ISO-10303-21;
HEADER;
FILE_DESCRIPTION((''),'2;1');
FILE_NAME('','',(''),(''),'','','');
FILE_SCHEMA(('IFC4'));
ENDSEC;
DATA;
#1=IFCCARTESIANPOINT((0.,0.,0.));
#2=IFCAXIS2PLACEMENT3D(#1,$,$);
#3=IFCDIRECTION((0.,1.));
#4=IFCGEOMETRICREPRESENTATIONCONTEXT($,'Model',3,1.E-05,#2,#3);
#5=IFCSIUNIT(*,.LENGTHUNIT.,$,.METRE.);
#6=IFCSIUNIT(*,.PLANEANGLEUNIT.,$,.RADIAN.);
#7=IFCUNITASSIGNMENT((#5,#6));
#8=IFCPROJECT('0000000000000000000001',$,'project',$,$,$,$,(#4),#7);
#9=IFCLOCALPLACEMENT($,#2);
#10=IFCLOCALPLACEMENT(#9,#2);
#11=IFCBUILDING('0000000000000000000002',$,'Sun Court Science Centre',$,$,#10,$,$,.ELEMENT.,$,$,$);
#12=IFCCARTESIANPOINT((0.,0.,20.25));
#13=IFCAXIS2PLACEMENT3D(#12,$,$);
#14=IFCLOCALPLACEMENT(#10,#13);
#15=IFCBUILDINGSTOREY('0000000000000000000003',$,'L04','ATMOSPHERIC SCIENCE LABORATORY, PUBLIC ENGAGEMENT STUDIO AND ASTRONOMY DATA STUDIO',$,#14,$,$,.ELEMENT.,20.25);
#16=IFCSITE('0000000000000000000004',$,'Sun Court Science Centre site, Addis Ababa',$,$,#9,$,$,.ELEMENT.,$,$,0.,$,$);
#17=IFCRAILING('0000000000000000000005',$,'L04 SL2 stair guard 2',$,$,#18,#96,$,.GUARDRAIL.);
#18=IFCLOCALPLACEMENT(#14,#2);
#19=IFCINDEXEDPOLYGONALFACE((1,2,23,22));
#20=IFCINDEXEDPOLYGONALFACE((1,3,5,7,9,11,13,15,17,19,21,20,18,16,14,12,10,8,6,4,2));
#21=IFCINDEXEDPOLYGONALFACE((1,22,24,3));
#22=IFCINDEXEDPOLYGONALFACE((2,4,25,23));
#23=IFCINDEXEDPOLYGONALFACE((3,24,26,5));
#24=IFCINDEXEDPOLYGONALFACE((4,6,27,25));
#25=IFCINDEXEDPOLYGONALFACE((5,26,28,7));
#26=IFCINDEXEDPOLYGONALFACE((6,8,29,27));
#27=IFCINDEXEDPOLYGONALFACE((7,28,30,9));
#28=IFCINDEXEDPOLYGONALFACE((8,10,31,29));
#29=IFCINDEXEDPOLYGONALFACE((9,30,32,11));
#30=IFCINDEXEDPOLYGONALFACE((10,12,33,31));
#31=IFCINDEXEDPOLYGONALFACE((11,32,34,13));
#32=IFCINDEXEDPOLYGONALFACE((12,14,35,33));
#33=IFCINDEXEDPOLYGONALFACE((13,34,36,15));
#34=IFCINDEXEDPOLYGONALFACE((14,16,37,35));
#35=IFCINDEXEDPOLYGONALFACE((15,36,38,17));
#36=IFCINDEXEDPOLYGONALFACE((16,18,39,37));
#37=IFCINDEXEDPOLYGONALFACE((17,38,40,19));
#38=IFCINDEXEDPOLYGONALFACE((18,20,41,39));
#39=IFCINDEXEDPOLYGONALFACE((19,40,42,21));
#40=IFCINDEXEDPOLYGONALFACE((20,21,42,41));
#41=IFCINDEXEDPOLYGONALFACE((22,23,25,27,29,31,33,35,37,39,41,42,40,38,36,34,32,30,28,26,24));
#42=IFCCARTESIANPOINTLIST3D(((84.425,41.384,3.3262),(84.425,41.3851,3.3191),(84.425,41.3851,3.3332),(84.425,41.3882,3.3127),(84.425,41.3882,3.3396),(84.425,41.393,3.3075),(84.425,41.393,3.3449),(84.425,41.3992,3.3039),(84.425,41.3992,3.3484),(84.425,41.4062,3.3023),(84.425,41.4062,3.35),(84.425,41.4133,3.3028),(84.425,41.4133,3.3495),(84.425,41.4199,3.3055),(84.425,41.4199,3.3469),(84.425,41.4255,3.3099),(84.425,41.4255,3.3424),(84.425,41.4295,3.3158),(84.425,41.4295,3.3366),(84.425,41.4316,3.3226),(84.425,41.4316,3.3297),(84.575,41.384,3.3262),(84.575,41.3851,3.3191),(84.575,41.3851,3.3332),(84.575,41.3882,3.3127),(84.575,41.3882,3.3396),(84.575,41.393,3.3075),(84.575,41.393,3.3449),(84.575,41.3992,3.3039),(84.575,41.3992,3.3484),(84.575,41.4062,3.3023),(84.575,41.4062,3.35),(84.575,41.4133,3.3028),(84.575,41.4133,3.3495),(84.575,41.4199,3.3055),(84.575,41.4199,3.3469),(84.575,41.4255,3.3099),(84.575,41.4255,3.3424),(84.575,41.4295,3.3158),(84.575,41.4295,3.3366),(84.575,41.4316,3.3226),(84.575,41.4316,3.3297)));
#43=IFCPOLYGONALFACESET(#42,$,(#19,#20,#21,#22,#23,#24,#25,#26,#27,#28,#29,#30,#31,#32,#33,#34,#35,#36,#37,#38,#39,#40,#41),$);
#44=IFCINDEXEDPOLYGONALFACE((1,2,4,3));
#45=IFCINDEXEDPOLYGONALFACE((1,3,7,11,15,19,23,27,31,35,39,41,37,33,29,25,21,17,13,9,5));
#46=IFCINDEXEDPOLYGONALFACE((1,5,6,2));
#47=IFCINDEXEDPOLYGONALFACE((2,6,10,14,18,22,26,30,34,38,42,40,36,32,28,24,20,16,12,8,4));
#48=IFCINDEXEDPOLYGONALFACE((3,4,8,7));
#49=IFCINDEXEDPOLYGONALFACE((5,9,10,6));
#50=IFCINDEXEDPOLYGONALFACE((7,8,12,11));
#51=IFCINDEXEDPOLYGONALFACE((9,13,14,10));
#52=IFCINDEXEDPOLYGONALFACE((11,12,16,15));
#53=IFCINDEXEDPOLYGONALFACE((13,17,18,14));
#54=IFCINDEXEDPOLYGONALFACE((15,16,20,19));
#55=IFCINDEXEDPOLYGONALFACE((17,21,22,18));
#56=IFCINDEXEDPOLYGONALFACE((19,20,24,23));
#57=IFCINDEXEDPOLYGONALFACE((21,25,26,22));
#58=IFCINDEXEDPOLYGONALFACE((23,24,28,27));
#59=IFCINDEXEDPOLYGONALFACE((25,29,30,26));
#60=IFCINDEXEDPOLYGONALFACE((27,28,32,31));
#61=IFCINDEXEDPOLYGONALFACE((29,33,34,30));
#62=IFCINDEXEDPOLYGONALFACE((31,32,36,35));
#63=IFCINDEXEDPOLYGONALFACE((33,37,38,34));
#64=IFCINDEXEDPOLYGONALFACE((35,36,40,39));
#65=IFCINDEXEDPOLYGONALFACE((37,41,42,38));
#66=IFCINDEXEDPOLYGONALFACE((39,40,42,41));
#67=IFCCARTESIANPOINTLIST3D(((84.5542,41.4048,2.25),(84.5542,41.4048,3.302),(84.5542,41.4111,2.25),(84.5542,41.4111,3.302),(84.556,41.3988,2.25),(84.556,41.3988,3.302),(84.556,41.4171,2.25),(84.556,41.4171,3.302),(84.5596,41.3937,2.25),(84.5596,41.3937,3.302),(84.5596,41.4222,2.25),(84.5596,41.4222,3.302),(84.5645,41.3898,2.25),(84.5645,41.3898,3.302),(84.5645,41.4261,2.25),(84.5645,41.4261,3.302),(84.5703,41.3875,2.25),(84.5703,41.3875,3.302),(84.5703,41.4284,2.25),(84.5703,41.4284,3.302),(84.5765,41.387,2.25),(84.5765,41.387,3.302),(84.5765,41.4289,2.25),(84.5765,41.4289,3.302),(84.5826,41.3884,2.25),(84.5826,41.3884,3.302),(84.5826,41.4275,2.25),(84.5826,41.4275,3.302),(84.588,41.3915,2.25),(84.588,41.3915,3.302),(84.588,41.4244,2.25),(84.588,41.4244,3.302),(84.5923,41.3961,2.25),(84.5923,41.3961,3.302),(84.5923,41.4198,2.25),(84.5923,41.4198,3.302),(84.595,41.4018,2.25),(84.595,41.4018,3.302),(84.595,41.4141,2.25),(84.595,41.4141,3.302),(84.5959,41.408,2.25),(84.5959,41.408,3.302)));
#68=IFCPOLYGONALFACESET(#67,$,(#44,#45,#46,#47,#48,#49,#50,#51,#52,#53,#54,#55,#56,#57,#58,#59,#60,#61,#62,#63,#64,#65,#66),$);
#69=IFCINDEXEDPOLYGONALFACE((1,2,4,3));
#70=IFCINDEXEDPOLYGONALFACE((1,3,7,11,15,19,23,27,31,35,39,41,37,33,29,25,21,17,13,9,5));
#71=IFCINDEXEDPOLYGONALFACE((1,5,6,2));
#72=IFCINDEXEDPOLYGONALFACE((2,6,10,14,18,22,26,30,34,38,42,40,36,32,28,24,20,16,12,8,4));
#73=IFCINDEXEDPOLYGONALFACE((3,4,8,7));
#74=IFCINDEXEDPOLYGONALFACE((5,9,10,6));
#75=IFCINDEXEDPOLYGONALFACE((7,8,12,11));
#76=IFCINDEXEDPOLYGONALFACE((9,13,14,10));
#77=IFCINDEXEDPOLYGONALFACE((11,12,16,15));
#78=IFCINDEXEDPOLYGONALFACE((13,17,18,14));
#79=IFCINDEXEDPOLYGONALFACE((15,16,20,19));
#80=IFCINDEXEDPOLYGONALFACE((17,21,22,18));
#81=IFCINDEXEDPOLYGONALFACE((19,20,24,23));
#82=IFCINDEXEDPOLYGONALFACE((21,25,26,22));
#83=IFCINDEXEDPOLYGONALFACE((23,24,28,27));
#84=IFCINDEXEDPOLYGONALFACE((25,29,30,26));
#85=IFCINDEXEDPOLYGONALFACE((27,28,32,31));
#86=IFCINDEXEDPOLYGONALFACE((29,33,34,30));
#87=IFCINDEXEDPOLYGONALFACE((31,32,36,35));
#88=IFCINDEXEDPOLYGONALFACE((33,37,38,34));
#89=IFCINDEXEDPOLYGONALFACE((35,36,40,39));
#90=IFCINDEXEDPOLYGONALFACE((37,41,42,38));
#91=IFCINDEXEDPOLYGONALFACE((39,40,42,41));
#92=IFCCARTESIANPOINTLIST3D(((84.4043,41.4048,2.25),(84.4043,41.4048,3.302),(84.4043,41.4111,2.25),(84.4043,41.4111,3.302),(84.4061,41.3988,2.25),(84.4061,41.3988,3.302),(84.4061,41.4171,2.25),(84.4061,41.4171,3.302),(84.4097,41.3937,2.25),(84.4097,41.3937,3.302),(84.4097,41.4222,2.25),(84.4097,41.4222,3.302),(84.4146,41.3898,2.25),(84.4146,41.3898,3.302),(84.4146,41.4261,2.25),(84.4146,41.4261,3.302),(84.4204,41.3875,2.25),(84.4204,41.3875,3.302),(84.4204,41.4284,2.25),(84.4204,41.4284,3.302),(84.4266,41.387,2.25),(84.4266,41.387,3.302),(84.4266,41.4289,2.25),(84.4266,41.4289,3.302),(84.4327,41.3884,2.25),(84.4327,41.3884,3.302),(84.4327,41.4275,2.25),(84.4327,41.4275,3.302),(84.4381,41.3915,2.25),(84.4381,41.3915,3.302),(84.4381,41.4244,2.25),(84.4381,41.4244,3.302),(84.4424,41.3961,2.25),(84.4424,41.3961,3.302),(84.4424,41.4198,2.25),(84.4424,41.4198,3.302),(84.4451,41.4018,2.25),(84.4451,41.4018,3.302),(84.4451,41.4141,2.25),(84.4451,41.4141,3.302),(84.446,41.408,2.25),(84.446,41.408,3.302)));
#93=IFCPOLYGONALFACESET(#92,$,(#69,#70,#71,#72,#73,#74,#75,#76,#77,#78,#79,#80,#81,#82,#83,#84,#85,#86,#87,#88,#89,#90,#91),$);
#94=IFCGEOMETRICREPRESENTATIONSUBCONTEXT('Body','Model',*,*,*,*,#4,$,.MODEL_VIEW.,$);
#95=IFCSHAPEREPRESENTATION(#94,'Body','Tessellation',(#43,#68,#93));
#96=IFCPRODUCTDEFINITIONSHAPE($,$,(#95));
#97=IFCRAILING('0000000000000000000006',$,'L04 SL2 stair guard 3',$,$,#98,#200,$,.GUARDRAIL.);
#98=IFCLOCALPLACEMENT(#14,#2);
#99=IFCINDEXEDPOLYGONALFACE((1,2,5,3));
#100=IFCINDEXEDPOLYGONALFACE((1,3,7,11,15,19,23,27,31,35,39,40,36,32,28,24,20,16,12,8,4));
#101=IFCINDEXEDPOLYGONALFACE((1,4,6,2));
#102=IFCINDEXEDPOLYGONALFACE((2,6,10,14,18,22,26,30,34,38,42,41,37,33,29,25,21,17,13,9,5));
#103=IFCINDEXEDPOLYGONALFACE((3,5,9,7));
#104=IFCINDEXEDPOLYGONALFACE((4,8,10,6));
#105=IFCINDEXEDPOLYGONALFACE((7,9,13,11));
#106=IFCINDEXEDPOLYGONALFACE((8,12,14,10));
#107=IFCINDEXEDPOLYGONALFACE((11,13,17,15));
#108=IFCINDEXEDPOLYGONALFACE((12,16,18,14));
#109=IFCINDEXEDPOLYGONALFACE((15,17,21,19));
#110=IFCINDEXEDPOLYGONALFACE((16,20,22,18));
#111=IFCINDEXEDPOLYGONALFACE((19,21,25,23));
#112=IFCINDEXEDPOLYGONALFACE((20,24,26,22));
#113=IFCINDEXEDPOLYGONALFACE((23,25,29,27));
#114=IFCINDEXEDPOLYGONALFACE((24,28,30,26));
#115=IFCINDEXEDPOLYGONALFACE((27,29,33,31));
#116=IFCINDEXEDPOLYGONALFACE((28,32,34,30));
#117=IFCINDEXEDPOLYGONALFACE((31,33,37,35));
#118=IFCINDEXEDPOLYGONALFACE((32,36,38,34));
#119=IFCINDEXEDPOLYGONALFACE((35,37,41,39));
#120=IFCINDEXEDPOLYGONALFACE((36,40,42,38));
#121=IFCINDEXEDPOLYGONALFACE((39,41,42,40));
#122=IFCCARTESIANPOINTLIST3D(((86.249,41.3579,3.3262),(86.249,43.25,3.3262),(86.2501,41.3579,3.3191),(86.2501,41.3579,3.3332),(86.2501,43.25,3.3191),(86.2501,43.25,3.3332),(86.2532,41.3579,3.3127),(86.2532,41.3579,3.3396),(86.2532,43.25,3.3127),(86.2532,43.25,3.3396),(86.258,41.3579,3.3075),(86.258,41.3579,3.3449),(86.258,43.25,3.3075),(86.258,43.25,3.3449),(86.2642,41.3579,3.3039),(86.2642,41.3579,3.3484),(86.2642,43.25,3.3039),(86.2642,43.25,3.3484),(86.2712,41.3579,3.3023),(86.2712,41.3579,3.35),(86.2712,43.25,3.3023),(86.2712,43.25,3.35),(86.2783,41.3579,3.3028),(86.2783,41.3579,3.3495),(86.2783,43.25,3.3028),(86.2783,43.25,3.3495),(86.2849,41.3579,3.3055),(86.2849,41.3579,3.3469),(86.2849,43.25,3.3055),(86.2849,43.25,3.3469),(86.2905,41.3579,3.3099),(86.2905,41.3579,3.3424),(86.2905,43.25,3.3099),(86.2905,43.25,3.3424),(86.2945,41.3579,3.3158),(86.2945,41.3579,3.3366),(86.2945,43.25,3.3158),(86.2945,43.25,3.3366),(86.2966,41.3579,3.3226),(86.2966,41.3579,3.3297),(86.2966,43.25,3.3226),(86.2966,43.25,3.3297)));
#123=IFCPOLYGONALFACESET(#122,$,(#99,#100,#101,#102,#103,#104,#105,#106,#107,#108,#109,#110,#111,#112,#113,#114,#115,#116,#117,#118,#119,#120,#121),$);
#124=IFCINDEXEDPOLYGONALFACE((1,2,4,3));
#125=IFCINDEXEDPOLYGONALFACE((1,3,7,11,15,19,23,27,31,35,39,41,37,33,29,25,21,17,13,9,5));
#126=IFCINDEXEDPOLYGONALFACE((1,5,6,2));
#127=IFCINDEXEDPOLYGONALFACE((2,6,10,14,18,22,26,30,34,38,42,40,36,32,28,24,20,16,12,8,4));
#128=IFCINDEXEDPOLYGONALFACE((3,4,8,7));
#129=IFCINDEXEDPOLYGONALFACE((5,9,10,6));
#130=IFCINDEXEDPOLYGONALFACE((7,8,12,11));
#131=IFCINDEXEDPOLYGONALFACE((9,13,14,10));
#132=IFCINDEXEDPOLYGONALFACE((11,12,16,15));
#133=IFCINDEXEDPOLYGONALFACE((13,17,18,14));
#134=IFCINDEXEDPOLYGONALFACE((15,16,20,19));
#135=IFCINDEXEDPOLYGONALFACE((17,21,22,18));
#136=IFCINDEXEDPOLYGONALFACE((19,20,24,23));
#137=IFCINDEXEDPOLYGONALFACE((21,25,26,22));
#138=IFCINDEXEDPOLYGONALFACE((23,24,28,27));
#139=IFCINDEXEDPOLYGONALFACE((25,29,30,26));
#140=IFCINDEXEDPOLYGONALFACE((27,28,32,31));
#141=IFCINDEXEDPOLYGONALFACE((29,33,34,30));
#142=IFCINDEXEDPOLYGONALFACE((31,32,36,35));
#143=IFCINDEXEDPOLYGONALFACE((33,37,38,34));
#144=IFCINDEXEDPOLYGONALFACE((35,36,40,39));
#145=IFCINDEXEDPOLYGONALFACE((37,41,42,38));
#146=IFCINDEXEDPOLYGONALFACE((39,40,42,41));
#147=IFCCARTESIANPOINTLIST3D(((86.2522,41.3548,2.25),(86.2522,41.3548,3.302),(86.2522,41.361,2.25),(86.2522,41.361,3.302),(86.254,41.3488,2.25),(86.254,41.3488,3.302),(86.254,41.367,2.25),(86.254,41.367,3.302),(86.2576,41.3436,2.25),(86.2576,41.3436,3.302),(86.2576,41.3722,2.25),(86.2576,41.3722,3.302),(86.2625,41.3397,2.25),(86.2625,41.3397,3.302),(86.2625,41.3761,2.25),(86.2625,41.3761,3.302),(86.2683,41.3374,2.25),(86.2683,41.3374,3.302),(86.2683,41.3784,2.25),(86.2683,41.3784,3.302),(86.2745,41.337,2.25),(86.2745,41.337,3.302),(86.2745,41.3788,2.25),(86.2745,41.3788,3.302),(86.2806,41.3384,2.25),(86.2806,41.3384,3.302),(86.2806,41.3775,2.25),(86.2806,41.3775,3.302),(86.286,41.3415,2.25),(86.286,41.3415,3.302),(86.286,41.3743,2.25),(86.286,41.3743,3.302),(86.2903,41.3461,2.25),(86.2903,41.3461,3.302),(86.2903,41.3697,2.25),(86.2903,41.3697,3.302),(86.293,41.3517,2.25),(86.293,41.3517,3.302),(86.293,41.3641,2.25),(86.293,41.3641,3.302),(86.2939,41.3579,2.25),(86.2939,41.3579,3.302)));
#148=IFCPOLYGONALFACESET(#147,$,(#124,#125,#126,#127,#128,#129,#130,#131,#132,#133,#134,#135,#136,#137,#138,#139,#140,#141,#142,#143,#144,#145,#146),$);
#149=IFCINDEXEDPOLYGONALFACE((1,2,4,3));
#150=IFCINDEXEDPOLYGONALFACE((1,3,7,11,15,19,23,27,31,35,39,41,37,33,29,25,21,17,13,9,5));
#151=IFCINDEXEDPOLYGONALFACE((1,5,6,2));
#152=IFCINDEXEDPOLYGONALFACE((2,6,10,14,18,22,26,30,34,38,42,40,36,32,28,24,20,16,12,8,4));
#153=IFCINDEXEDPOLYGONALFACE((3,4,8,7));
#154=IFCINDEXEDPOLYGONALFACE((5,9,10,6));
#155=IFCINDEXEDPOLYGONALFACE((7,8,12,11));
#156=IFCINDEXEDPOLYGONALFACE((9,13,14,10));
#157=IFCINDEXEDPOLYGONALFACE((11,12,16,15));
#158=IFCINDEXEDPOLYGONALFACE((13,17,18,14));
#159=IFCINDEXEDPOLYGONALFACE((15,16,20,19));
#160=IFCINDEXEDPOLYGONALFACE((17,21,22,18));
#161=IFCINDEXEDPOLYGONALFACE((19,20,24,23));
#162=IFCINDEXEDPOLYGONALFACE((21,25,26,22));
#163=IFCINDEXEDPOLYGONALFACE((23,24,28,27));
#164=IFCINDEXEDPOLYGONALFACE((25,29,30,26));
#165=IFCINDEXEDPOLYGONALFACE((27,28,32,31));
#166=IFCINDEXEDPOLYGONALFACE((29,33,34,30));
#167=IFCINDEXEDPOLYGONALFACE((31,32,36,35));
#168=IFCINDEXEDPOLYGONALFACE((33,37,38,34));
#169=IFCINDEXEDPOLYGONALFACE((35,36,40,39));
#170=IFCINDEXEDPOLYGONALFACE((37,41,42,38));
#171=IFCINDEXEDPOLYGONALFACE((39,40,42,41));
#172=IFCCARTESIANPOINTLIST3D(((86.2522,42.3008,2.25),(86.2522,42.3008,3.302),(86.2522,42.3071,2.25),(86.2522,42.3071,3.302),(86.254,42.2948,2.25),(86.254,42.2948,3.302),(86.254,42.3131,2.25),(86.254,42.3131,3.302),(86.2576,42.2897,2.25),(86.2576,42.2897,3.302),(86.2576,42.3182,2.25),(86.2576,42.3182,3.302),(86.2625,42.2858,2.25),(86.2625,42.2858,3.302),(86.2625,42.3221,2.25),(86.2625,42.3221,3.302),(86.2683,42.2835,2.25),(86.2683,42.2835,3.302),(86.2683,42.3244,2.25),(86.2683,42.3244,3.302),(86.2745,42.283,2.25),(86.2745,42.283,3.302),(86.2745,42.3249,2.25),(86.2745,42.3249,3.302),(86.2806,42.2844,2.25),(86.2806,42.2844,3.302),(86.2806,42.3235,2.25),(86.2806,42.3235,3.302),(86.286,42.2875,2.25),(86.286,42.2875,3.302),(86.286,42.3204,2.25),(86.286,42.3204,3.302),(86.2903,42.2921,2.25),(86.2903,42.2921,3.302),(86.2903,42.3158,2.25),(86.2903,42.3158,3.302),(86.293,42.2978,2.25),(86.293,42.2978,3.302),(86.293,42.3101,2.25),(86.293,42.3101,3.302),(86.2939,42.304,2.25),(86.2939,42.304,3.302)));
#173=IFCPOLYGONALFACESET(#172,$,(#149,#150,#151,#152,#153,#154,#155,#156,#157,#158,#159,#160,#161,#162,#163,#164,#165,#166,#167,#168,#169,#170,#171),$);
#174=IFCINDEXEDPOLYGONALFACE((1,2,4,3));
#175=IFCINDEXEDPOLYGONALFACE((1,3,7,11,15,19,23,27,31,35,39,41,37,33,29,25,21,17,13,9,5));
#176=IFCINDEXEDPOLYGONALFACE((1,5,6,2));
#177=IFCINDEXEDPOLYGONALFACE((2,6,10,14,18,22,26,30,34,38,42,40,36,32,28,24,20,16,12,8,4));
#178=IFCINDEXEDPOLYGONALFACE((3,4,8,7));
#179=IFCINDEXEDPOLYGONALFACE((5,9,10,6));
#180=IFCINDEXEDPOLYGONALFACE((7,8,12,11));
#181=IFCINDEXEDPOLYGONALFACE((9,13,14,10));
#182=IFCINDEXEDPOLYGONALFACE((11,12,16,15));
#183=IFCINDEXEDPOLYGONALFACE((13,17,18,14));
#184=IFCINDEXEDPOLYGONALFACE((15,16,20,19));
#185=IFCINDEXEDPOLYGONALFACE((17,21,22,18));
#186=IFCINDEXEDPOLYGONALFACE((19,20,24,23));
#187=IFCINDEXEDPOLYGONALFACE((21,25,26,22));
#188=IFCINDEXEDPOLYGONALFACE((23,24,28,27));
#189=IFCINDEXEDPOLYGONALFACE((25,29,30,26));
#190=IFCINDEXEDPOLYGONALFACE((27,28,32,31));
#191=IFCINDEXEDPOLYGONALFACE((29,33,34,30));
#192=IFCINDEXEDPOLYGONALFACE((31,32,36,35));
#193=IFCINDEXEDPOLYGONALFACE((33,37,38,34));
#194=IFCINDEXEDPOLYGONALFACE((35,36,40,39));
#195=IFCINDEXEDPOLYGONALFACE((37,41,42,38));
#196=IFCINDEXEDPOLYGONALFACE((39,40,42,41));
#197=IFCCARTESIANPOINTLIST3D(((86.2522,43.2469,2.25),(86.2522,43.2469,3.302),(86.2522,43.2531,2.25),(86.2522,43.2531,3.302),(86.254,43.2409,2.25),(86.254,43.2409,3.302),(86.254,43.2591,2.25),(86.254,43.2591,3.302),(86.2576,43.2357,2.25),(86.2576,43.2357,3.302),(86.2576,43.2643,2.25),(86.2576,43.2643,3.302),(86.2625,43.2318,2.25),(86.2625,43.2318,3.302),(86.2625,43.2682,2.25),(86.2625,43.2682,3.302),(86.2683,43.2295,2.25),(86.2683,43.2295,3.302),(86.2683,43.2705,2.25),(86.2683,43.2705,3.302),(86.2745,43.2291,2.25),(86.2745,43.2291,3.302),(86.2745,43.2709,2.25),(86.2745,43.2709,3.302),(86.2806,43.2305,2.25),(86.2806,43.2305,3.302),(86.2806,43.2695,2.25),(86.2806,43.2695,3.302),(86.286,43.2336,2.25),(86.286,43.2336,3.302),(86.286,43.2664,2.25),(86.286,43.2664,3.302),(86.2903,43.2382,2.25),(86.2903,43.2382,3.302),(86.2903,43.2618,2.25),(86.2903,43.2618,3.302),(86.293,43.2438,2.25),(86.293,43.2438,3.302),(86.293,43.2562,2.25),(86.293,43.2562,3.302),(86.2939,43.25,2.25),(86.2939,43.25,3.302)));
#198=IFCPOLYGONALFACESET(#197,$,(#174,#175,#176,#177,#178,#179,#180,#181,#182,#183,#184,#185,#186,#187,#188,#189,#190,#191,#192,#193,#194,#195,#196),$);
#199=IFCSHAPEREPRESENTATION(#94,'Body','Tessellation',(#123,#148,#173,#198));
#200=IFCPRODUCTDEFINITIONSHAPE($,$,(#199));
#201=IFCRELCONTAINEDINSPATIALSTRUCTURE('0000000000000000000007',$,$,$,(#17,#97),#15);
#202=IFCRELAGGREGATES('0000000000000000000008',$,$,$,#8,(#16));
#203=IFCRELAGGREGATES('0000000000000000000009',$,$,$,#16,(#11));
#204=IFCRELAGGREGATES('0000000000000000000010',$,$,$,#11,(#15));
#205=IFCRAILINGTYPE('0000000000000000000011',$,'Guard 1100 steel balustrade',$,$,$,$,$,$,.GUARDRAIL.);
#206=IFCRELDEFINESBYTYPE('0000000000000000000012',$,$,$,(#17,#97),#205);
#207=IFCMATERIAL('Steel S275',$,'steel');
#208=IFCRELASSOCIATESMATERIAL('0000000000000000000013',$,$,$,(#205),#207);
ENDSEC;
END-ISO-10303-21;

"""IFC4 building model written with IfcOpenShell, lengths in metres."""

from ifc_helpers import new_model, si_unit, direction, frame, origin, origin_2d, place, context, subcontext, project, spatial, circle, extrude, material, type_object, element, save


model = new_model("IFC4")

# Units and contexts
model_context = context("Model", 3, precision=1e-05, world=origin(), true_north=direction((0.0, 1.0)))
body_context = subcontext(model_context, "Body", "Model", "MODEL_VIEW")
ifc_project = project(units=[si_unit("LENGTHUNIT", "METRE"), si_unit("PLANEANGLEUNIT", "RADIAN")], contexts=[model_context])

# Site, building, storey
site_placement = place(None, origin())
site = spatial("IfcSite", under=ifc_project, at=site_placement, Name="Sun Court Science Centre site, Addis Ababa", CompositionType="ELEMENT", RefElevation=0.0)
building_placement = place(site_placement, origin())
building = spatial("IfcBuilding", under=site, at=building_placement, Name="Sun Court Science Centre", CompositionType="ELEMENT")
storey_placement = place(building_placement, frame((0.0, 0.0, 20.25)))
storey = spatial("IfcBuildingStorey", under=building, at=storey_placement, Name="L04", Description="ATMOSPHERIC SCIENCE LABORATORY, PUBLIC ENGAGEMENT STUDIO AND ASTRONOMY DATA STUDIO", CompositionType="ELEMENT", Elevation=20.25)

# Railings
ifc_material_1 = material(Name="Steel S275", Category="steel")
railing_type_1 = type_object("IfcRailingType", Name="Guard 1100 steel balustrade", PredefinedType="GUARDRAIL", material=ifc_material_1)
railing_1_placement = place(storey_placement, frame((84.575, 41.408, 2.25)))
element("IfcRailing", 1, at=railing_1_placement, inside=storey, type_object=railing_type_1, Name="L04 SL2 stair guard 2", PredefinedType="GUARDRAIL", context=body_context, shape_type="SweptSolid", body=[
    extrude(circle(Radius=0.0239, at=origin_2d()), frame((0.0, 0.0, 1.0762), z_axis=(-1.0, 0.0, 0.0), x_axis=(0.0, -1.0, 0.0)), (0.0, 0.0, 1.0), 0.1499),
    extrude(circle(Radius=0.021, at=origin_2d()), origin(), (0.0, 0.0, 1.0), 1.052),
    extrude(circle(Radius=0.021, at=origin_2d()), frame((-0.1499, 0.0, 0.0)), (0.0, 0.0, 1.0), 1.052),
])
for number, where, name in (
    (2, (86.2729, 41.3579, 2.25), "L04 SL2 stair guard 3"),
):
    element("IfcRailing", number, at=place(storey_placement, frame(where)), inside=storey, type_object=railing_type_1, Name=name, PredefinedType="GUARDRAIL", context=body_context, shape_type="SweptSolid", body=[
        extrude(circle(Radius=0.0239, at=origin_2d()), frame((0.0, 0.0, 1.0762), z_axis=(0.0, 1.0, 0.0), x_axis=(-1.0, 0.0, 0.0)), (0.0, 0.0, 1.0), 1.8921),
        extrude(circle(Radius=0.021, at=origin_2d()), origin(), (0.0, 0.0, 1.0), 1.052),
        extrude(circle(Radius=0.021, at=origin_2d()), frame((0.0, 0.946, 0.0)), (0.0, 0.0, 1.0), 1.052),
        extrude(circle(Radius=0.021, at=origin_2d()), frame((0.0, 1.8921, 0.0)), (0.0, 0.0, 1.0), 1.052),
    ])

save(model, "model.ifc")
